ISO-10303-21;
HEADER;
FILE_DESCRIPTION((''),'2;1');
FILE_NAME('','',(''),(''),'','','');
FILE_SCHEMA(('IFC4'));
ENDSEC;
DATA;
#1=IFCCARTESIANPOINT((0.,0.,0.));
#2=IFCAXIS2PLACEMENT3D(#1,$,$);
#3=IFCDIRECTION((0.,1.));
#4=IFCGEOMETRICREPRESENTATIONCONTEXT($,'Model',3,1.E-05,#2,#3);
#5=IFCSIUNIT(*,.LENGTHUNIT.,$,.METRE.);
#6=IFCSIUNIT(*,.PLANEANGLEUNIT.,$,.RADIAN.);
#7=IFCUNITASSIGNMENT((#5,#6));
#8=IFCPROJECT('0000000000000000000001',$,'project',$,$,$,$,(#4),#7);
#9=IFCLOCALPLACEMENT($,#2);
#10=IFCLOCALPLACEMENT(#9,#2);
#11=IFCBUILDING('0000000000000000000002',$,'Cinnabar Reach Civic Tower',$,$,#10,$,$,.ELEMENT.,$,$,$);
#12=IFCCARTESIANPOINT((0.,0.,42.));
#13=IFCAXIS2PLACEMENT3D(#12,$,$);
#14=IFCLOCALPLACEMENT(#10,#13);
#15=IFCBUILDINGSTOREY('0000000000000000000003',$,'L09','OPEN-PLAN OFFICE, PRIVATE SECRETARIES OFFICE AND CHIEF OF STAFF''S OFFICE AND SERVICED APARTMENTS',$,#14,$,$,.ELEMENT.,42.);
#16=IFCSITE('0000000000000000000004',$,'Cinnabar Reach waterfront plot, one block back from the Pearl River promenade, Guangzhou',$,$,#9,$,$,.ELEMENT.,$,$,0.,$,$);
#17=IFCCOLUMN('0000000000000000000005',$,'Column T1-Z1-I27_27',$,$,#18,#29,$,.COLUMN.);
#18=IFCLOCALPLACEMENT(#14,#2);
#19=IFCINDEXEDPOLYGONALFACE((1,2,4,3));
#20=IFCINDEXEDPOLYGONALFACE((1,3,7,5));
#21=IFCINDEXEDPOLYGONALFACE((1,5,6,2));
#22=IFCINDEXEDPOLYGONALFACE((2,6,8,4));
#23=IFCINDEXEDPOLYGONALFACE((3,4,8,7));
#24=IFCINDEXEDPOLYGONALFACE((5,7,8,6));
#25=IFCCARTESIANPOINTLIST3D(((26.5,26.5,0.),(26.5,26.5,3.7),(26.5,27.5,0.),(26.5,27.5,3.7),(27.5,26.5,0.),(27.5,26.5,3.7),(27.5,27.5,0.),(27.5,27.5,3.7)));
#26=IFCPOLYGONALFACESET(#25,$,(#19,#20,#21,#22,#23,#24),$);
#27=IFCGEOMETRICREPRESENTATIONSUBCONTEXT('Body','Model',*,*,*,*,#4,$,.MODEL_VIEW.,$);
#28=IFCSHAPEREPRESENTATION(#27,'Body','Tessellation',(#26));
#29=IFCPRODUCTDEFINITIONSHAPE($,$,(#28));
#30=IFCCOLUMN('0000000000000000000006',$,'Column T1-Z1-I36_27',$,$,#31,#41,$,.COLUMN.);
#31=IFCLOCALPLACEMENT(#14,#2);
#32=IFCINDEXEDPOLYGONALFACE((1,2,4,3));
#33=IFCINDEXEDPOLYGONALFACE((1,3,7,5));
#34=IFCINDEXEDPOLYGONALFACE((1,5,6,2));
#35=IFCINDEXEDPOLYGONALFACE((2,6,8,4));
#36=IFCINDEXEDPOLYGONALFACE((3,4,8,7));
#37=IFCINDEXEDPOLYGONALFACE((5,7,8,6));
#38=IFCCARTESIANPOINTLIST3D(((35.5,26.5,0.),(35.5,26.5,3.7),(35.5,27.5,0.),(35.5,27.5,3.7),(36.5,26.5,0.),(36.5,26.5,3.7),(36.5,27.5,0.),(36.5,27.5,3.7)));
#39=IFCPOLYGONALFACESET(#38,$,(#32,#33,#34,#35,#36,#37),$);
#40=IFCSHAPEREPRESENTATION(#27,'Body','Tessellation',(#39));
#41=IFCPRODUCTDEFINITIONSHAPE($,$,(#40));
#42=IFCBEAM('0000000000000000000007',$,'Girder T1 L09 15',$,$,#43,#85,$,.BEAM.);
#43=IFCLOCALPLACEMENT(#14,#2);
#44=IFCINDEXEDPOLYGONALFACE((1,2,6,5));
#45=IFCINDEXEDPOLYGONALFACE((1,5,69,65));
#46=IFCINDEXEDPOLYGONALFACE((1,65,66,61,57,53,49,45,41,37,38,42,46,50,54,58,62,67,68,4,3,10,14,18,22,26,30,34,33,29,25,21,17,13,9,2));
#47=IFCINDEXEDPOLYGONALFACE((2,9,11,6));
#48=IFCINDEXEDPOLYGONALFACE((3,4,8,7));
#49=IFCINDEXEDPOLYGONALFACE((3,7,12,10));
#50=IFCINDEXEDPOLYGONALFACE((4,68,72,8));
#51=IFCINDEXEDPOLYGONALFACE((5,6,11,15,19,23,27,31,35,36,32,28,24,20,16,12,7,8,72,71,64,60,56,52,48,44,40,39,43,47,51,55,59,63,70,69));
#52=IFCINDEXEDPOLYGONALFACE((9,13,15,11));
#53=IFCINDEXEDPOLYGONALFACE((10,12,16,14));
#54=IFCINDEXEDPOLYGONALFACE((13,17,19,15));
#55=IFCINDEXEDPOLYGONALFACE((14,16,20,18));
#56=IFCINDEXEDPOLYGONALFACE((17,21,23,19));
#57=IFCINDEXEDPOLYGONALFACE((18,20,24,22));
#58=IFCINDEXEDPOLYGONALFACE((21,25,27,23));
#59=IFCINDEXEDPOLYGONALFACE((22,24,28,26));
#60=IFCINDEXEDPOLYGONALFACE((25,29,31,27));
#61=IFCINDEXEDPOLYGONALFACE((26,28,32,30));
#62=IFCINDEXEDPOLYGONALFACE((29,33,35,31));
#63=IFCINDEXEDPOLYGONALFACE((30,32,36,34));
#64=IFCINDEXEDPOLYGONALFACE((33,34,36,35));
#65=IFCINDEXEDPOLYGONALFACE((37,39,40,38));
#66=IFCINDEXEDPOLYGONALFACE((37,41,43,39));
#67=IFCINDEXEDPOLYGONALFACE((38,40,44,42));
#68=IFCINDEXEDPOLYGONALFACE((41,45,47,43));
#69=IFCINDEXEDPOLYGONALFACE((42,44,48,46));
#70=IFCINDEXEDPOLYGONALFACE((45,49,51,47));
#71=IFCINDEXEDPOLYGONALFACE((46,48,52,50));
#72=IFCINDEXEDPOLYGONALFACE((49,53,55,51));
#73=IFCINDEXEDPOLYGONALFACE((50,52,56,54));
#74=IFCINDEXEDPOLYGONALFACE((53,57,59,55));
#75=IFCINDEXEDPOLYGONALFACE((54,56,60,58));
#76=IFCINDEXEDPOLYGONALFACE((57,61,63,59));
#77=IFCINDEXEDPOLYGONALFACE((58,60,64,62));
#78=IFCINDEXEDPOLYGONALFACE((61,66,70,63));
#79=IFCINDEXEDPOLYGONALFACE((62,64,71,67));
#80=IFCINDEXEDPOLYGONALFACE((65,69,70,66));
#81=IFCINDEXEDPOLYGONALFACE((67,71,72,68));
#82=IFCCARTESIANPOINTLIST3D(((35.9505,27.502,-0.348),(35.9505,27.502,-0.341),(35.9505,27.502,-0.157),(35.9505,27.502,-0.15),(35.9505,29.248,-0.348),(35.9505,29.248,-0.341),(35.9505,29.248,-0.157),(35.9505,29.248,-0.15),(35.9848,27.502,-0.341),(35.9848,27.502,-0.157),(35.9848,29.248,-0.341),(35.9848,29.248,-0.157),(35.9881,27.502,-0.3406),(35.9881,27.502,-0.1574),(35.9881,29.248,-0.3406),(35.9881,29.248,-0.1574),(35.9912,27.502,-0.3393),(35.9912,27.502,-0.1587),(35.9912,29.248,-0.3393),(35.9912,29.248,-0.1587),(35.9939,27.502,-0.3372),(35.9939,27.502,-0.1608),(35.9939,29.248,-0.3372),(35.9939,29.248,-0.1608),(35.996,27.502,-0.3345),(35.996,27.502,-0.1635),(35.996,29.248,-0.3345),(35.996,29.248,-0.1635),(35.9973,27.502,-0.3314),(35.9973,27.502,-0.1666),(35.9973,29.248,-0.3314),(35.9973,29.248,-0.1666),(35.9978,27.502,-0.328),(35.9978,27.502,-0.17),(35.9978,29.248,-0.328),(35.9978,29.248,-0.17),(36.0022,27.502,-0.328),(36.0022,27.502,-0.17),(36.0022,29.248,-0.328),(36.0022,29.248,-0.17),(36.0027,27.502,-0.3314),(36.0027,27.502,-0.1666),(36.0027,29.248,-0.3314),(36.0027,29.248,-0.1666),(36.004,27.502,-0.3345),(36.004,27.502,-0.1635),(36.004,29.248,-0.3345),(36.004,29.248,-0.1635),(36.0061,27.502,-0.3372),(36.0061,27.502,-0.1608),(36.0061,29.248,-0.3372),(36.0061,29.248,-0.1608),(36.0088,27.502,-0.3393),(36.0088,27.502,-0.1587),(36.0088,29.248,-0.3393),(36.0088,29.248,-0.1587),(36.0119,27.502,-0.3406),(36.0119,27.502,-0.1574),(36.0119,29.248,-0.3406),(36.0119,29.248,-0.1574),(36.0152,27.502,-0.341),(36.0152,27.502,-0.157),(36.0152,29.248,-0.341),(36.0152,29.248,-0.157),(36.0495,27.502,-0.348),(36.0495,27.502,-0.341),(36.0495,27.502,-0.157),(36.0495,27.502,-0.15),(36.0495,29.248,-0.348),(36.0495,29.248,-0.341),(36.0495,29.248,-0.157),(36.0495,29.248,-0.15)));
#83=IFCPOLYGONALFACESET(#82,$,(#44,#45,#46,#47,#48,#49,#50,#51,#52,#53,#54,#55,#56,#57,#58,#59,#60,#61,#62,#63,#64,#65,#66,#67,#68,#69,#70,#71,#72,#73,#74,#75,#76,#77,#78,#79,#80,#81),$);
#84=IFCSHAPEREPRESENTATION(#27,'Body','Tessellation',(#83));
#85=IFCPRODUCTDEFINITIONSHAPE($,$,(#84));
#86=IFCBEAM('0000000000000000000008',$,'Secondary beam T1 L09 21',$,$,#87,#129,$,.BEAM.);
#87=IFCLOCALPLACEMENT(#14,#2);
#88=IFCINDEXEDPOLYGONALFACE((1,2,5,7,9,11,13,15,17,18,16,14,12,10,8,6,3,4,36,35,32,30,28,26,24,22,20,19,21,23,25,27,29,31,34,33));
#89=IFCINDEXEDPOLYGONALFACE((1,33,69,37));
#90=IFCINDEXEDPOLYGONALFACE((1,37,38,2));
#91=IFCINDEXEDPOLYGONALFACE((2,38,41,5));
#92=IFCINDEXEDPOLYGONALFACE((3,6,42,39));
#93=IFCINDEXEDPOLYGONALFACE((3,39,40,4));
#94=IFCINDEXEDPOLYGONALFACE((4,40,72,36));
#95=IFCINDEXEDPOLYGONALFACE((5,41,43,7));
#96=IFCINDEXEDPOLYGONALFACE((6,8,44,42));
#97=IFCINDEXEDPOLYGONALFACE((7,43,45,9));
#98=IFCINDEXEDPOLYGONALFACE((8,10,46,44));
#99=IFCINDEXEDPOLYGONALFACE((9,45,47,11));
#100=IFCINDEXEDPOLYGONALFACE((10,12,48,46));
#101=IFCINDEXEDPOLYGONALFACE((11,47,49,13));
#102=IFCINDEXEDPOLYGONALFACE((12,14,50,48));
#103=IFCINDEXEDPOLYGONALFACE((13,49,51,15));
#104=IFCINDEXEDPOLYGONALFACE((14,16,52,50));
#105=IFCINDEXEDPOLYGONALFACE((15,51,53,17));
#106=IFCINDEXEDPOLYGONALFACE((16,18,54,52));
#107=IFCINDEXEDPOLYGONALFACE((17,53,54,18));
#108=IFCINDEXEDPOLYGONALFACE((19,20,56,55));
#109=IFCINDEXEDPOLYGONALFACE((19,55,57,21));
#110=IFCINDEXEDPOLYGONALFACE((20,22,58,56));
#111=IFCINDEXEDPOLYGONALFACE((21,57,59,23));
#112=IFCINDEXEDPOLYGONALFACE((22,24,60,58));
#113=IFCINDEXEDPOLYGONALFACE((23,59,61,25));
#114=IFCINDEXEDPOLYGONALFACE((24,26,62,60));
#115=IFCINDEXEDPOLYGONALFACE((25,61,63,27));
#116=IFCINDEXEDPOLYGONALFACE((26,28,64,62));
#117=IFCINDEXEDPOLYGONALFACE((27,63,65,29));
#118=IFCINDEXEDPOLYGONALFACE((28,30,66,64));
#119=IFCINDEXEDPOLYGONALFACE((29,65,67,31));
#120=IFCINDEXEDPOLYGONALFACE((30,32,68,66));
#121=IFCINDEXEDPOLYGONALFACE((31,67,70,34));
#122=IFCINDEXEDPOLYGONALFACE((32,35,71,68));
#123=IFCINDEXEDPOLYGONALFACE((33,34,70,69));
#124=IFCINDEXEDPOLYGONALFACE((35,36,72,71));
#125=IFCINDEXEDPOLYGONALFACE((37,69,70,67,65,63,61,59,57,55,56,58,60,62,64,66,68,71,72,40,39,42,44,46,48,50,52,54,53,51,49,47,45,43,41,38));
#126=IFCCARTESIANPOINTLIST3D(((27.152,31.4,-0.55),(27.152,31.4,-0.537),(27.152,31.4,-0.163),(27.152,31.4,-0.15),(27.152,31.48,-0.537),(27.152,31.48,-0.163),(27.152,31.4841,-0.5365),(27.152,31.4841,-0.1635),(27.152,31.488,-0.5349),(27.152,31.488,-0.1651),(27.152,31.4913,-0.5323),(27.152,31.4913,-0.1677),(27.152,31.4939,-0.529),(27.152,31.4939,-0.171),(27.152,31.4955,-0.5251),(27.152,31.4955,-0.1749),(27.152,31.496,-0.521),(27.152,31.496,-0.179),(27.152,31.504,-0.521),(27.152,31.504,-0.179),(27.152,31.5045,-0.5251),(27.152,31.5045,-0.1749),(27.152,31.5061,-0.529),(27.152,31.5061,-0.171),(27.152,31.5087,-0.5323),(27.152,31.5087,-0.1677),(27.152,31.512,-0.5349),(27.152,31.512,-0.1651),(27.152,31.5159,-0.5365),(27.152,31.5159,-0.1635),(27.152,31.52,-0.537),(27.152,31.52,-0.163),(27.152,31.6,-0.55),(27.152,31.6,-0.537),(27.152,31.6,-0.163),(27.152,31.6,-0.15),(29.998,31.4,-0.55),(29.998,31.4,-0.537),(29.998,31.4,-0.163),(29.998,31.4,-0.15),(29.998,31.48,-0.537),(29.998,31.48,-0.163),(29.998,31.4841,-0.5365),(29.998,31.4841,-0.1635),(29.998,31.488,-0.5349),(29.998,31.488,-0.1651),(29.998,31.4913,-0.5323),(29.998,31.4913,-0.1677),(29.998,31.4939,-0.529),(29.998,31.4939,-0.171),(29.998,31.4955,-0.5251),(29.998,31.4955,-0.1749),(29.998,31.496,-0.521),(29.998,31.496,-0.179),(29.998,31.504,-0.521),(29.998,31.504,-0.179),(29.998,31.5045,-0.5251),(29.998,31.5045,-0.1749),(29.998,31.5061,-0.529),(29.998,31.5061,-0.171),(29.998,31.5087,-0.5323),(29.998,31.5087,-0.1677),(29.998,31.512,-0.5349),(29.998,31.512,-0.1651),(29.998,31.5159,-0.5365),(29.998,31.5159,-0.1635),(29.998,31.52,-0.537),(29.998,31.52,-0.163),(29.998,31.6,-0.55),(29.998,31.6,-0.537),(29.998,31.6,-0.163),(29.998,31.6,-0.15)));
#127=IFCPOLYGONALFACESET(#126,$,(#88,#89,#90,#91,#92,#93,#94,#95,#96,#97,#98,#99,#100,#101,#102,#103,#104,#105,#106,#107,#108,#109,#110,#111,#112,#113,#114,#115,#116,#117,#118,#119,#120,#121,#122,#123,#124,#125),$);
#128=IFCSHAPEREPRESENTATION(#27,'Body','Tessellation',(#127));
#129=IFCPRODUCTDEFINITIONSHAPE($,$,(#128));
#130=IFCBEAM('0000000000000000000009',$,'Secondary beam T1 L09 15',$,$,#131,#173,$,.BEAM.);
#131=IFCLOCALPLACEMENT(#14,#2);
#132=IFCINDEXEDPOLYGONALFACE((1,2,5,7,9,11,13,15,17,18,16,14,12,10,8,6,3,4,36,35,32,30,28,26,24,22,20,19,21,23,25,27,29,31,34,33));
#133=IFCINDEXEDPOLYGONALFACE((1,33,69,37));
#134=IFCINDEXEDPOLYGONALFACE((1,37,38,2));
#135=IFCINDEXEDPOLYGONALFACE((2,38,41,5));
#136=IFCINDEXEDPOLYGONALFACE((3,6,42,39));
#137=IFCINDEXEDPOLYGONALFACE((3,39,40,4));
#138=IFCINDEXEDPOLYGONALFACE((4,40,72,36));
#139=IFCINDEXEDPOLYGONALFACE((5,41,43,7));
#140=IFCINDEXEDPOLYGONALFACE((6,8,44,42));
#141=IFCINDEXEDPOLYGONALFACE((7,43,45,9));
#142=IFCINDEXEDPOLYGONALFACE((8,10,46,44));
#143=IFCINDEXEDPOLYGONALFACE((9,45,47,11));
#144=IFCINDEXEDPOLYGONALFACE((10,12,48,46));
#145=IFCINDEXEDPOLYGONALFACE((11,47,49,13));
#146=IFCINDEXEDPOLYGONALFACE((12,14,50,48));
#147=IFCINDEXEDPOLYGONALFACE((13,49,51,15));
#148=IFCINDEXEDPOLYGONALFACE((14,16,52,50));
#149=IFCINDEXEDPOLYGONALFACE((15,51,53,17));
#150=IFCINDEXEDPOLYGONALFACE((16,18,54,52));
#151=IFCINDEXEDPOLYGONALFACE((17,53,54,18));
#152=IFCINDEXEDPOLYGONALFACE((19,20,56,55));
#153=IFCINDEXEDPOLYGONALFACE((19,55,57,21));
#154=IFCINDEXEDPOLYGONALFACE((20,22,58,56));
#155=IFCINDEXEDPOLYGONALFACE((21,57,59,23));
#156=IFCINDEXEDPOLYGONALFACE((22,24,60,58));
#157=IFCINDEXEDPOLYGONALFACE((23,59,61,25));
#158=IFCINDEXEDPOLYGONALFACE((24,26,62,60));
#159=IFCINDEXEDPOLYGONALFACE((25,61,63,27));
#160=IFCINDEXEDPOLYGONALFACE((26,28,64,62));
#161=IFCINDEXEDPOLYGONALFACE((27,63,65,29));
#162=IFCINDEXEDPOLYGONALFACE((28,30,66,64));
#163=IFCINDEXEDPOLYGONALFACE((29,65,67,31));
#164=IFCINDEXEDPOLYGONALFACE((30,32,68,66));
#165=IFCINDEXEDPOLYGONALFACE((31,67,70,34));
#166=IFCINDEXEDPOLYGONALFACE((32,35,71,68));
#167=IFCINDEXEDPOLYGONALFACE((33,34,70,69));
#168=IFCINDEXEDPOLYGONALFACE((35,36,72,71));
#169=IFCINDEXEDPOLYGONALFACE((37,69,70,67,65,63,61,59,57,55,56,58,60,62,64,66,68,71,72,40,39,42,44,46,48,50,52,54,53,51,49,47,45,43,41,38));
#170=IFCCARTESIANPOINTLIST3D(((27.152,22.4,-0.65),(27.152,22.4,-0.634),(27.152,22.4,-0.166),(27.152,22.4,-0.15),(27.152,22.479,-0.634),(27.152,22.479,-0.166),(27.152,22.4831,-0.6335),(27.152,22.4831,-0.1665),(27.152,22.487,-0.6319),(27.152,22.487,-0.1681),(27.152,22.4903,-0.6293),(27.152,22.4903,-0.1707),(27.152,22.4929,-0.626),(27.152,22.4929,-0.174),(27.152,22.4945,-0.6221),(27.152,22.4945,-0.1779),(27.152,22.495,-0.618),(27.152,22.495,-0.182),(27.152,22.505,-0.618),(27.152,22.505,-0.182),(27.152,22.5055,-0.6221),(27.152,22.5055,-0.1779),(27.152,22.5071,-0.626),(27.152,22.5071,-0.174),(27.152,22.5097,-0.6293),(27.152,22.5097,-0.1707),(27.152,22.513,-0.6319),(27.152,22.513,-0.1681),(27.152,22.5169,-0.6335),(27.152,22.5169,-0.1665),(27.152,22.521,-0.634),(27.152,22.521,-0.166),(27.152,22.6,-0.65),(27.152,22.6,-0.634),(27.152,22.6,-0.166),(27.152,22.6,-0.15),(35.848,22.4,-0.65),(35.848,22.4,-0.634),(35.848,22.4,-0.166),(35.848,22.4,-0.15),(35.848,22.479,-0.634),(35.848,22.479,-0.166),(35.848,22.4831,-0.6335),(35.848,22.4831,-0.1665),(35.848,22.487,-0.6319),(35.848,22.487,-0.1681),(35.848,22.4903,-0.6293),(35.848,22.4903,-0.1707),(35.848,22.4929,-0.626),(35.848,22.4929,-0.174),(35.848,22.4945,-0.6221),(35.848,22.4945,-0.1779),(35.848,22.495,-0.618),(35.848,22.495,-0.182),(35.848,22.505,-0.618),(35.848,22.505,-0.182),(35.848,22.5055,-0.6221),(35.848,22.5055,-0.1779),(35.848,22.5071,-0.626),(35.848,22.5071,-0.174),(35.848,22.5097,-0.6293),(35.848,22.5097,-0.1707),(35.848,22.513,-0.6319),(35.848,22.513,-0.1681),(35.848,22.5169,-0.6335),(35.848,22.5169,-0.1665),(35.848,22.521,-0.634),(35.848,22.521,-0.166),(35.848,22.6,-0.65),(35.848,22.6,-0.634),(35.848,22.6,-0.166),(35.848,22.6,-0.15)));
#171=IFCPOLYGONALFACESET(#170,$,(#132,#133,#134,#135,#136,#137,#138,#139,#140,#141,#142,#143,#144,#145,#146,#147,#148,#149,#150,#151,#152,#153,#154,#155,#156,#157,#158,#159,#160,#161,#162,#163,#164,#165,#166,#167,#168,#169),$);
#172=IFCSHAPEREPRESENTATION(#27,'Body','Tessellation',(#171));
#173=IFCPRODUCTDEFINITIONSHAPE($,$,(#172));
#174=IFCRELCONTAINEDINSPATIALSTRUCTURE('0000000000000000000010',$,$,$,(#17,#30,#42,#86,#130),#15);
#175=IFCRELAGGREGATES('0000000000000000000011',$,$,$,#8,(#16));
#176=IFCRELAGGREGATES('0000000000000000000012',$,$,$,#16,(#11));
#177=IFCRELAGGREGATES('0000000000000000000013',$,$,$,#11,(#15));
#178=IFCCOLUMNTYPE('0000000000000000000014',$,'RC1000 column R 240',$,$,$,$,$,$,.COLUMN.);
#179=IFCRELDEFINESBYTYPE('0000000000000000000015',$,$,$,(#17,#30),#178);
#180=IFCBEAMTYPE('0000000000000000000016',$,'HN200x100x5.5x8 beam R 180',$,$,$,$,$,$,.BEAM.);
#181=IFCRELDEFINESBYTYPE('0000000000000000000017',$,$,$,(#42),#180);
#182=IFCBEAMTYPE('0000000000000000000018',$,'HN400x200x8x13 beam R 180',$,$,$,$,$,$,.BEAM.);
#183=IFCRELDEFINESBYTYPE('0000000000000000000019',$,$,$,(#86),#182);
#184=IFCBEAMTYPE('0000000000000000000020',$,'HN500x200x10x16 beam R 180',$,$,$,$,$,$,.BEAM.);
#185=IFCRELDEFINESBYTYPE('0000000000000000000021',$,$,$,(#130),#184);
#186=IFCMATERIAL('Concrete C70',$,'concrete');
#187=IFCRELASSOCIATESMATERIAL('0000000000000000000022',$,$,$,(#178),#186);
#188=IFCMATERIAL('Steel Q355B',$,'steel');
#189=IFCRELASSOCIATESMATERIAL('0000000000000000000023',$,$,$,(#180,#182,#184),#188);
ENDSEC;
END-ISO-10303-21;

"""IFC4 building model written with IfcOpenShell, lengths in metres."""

from ifc_helpers import new_model, si_unit, direction, frame, origin, origin_2d, place, context, subcontext, project, spatial, rectangle, i_section, extrude, material, material_profile, profile_set, type_object, element, save


model = new_model("IFC4")

# Units and contexts
model_context = context("Model", 3, precision=1e-05, world=origin(), true_north=direction((0.0, 1.0)))
body_context = subcontext(model_context, "Body", "Model", "MODEL_VIEW")
ifc_project = project(units=[si_unit("LENGTHUNIT", "METRE"), si_unit("PLANEANGLEUNIT", "RADIAN")], contexts=[model_context])

# Site, building, storey
site_placement = place(None, origin())
site = spatial("IfcSite", under=ifc_project, at=site_placement, Name="Cinnabar Reach waterfront plot, one block back from the Pearl River promenade, Guangzhou", CompositionType="ELEMENT", RefElevation=0.0)
building_placement = place(site_placement, origin())
building = spatial("IfcBuilding", under=site, at=building_placement, Name="Cinnabar Reach Civic Tower", CompositionType="ELEMENT")
storey_placement = place(building_placement, frame((0.0, 0.0, 42.0)))
storey = spatial("IfcBuildingStorey", under=building, at=storey_placement, Name="L09", Description="OPEN-PLAN OFFICE, PRIVATE SECRETARIES OFFICE AND CHIEF OF STAFF'S OFFICE AND SERVICED APARTMENTS", CompositionType="ELEMENT", Elevation=42.0)

# Columns
ifc_material_1 = material(Name="Concrete C70", Category="concrete")
ifc_material_profile_1 = material_profile(ifc_material_1, rectangle(XDim=1.0, YDim=1.0, at=origin_2d()), Name="RC1000")
ifc_profile_set_1 = profile_set([ifc_material_profile_1], Name="Concrete C70")
column_type = type_object("IfcColumnType", Name="RC1000 column R 240", PredefinedType="COLUMN", material=ifc_profile_set_1)
for number, where, z_axis, x_axis, name in (
    (1, (27.0, 27.0, 0.0), (0.0, 0.0, 1.0), (1.0, 0.0, 0.0), "Column T1-Z1-I27_27"),
    (2, (36.0, 27.0, 0.0), (0.0, 0.0, 1.0), (1.0, 0.0, 0.0), "Column T1-Z1-I36_27"),
):
    element("IfcColumn", number, at=place(storey_placement, frame(where, z_axis=z_axis, x_axis=x_axis)), inside=storey, type_object=column_type, Name=name, PredefinedType="COLUMN", context=body_context, shape_type="SweptSolid", body=[
        extrude(rectangle(XDim=1.0, YDim=1.0, at=origin_2d()), origin(), (0.0, 0.0, 1.0), 3.7),
    ])

# Beams
ifc_material_2 = material(Name="Steel Q355B", Category="steel")
ifc_material_profile_2 = material_profile(ifc_material_2, i_section(OverallWidth=0.099, OverallDepth=0.198, WebThickness=0.0045, FlangeThickness=0.007, FilletRadius=0.013, at=origin_2d()), Name="HN200x100x5.5x8")
ifc_profile_set_2 = profile_set([ifc_material_profile_2], Name="Steel Q355B")
beam_type_1 = type_object("IfcBeamType", Name="HN200x100x5.5x8 beam R 180", PredefinedType="BEAM", material=ifc_profile_set_2)
beam_1_placement = place(storey_placement, frame((36.0, 27.502, -0.249), z_axis=(0.0, 1.0, 0.0), x_axis=(-1.0, 0.0, 0.0)))
element("IfcBeam", 3, at=beam_1_placement, inside=storey, type_object=beam_type_1, Name="Girder T1 L09 15", PredefinedType="BEAM", context=body_context, shape_type="SweptSolid", body=[
    extrude(i_section(OverallWidth=0.099, OverallDepth=0.198, WebThickness=0.0045, FlangeThickness=0.007, FilletRadius=0.013, at=origin_2d()), origin(), (0.0, 0.0, 1.0), 1.746),
])
ifc_material_profile_3 = material_profile(ifc_material_2, i_section(OverallWidth=0.2, OverallDepth=0.4, WebThickness=0.008, FlangeThickness=0.013, FilletRadius=0.016, at=origin_2d()), Name="HN400x200x8x13")
ifc_profile_set_3 = profile_set([ifc_material_profile_3], Name="Steel Q355B")
beam_type_2 = type_object("IfcBeamType", Name="HN400x200x8x13 beam R 180", PredefinedType="BEAM", material=ifc_profile_set_3)
beam_2_placement = place(storey_placement, frame((27.152, 31.5, -0.35), z_axis=(1.0, 0.0, 0.0), x_axis=(0.0, 1.0, 0.0)))
element("IfcBeam", 4, at=beam_2_placement, inside=storey, type_object=beam_type_2, Name="Secondary beam T1 L09 21", PredefinedType="BEAM", context=body_context, shape_type="SweptSolid", body=[
    extrude(i_section(OverallWidth=0.2, OverallDepth=0.4, WebThickness=0.008, FlangeThickness=0.013, FilletRadius=0.016, at=origin_2d()), origin(), (0.0, 0.0, 1.0), 2.846),
])
ifc_material_profile_4 = material_profile(ifc_material_2, i_section(OverallWidth=0.2, OverallDepth=0.5, WebThickness=0.01, FlangeThickness=0.016, FilletRadius=0.016, at=origin_2d()), Name="HN500x200x10x16")
ifc_profile_set_4 = profile_set([ifc_material_profile_4], Name="Steel Q355B")
beam_type_3 = type_object("IfcBeamType", Name="HN500x200x10x16 beam R 180", PredefinedType="BEAM", material=ifc_profile_set_4)
for number, where, z_axis, x_axis, name in (
    (5, (27.152, 22.5, -0.4), (1.0, 0.0, 0.0), (0.0, 1.0, 0.0), "Secondary beam T1 L09 15"),
):
    element("IfcBeam", number, at=place(storey_placement, frame(where, z_axis=z_axis, x_axis=x_axis)), inside=storey, type_object=beam_type_3, Name=name, PredefinedType="BEAM", context=body_context, shape_type="SweptSolid", body=[
        extrude(i_section(OverallWidth=0.2, OverallDepth=0.5, WebThickness=0.01, FlangeThickness=0.016, FilletRadius=0.016, at=origin_2d()), origin(), (0.0, 0.0, 1.0), 8.696),
    ])

save(model, "model.ifc")
